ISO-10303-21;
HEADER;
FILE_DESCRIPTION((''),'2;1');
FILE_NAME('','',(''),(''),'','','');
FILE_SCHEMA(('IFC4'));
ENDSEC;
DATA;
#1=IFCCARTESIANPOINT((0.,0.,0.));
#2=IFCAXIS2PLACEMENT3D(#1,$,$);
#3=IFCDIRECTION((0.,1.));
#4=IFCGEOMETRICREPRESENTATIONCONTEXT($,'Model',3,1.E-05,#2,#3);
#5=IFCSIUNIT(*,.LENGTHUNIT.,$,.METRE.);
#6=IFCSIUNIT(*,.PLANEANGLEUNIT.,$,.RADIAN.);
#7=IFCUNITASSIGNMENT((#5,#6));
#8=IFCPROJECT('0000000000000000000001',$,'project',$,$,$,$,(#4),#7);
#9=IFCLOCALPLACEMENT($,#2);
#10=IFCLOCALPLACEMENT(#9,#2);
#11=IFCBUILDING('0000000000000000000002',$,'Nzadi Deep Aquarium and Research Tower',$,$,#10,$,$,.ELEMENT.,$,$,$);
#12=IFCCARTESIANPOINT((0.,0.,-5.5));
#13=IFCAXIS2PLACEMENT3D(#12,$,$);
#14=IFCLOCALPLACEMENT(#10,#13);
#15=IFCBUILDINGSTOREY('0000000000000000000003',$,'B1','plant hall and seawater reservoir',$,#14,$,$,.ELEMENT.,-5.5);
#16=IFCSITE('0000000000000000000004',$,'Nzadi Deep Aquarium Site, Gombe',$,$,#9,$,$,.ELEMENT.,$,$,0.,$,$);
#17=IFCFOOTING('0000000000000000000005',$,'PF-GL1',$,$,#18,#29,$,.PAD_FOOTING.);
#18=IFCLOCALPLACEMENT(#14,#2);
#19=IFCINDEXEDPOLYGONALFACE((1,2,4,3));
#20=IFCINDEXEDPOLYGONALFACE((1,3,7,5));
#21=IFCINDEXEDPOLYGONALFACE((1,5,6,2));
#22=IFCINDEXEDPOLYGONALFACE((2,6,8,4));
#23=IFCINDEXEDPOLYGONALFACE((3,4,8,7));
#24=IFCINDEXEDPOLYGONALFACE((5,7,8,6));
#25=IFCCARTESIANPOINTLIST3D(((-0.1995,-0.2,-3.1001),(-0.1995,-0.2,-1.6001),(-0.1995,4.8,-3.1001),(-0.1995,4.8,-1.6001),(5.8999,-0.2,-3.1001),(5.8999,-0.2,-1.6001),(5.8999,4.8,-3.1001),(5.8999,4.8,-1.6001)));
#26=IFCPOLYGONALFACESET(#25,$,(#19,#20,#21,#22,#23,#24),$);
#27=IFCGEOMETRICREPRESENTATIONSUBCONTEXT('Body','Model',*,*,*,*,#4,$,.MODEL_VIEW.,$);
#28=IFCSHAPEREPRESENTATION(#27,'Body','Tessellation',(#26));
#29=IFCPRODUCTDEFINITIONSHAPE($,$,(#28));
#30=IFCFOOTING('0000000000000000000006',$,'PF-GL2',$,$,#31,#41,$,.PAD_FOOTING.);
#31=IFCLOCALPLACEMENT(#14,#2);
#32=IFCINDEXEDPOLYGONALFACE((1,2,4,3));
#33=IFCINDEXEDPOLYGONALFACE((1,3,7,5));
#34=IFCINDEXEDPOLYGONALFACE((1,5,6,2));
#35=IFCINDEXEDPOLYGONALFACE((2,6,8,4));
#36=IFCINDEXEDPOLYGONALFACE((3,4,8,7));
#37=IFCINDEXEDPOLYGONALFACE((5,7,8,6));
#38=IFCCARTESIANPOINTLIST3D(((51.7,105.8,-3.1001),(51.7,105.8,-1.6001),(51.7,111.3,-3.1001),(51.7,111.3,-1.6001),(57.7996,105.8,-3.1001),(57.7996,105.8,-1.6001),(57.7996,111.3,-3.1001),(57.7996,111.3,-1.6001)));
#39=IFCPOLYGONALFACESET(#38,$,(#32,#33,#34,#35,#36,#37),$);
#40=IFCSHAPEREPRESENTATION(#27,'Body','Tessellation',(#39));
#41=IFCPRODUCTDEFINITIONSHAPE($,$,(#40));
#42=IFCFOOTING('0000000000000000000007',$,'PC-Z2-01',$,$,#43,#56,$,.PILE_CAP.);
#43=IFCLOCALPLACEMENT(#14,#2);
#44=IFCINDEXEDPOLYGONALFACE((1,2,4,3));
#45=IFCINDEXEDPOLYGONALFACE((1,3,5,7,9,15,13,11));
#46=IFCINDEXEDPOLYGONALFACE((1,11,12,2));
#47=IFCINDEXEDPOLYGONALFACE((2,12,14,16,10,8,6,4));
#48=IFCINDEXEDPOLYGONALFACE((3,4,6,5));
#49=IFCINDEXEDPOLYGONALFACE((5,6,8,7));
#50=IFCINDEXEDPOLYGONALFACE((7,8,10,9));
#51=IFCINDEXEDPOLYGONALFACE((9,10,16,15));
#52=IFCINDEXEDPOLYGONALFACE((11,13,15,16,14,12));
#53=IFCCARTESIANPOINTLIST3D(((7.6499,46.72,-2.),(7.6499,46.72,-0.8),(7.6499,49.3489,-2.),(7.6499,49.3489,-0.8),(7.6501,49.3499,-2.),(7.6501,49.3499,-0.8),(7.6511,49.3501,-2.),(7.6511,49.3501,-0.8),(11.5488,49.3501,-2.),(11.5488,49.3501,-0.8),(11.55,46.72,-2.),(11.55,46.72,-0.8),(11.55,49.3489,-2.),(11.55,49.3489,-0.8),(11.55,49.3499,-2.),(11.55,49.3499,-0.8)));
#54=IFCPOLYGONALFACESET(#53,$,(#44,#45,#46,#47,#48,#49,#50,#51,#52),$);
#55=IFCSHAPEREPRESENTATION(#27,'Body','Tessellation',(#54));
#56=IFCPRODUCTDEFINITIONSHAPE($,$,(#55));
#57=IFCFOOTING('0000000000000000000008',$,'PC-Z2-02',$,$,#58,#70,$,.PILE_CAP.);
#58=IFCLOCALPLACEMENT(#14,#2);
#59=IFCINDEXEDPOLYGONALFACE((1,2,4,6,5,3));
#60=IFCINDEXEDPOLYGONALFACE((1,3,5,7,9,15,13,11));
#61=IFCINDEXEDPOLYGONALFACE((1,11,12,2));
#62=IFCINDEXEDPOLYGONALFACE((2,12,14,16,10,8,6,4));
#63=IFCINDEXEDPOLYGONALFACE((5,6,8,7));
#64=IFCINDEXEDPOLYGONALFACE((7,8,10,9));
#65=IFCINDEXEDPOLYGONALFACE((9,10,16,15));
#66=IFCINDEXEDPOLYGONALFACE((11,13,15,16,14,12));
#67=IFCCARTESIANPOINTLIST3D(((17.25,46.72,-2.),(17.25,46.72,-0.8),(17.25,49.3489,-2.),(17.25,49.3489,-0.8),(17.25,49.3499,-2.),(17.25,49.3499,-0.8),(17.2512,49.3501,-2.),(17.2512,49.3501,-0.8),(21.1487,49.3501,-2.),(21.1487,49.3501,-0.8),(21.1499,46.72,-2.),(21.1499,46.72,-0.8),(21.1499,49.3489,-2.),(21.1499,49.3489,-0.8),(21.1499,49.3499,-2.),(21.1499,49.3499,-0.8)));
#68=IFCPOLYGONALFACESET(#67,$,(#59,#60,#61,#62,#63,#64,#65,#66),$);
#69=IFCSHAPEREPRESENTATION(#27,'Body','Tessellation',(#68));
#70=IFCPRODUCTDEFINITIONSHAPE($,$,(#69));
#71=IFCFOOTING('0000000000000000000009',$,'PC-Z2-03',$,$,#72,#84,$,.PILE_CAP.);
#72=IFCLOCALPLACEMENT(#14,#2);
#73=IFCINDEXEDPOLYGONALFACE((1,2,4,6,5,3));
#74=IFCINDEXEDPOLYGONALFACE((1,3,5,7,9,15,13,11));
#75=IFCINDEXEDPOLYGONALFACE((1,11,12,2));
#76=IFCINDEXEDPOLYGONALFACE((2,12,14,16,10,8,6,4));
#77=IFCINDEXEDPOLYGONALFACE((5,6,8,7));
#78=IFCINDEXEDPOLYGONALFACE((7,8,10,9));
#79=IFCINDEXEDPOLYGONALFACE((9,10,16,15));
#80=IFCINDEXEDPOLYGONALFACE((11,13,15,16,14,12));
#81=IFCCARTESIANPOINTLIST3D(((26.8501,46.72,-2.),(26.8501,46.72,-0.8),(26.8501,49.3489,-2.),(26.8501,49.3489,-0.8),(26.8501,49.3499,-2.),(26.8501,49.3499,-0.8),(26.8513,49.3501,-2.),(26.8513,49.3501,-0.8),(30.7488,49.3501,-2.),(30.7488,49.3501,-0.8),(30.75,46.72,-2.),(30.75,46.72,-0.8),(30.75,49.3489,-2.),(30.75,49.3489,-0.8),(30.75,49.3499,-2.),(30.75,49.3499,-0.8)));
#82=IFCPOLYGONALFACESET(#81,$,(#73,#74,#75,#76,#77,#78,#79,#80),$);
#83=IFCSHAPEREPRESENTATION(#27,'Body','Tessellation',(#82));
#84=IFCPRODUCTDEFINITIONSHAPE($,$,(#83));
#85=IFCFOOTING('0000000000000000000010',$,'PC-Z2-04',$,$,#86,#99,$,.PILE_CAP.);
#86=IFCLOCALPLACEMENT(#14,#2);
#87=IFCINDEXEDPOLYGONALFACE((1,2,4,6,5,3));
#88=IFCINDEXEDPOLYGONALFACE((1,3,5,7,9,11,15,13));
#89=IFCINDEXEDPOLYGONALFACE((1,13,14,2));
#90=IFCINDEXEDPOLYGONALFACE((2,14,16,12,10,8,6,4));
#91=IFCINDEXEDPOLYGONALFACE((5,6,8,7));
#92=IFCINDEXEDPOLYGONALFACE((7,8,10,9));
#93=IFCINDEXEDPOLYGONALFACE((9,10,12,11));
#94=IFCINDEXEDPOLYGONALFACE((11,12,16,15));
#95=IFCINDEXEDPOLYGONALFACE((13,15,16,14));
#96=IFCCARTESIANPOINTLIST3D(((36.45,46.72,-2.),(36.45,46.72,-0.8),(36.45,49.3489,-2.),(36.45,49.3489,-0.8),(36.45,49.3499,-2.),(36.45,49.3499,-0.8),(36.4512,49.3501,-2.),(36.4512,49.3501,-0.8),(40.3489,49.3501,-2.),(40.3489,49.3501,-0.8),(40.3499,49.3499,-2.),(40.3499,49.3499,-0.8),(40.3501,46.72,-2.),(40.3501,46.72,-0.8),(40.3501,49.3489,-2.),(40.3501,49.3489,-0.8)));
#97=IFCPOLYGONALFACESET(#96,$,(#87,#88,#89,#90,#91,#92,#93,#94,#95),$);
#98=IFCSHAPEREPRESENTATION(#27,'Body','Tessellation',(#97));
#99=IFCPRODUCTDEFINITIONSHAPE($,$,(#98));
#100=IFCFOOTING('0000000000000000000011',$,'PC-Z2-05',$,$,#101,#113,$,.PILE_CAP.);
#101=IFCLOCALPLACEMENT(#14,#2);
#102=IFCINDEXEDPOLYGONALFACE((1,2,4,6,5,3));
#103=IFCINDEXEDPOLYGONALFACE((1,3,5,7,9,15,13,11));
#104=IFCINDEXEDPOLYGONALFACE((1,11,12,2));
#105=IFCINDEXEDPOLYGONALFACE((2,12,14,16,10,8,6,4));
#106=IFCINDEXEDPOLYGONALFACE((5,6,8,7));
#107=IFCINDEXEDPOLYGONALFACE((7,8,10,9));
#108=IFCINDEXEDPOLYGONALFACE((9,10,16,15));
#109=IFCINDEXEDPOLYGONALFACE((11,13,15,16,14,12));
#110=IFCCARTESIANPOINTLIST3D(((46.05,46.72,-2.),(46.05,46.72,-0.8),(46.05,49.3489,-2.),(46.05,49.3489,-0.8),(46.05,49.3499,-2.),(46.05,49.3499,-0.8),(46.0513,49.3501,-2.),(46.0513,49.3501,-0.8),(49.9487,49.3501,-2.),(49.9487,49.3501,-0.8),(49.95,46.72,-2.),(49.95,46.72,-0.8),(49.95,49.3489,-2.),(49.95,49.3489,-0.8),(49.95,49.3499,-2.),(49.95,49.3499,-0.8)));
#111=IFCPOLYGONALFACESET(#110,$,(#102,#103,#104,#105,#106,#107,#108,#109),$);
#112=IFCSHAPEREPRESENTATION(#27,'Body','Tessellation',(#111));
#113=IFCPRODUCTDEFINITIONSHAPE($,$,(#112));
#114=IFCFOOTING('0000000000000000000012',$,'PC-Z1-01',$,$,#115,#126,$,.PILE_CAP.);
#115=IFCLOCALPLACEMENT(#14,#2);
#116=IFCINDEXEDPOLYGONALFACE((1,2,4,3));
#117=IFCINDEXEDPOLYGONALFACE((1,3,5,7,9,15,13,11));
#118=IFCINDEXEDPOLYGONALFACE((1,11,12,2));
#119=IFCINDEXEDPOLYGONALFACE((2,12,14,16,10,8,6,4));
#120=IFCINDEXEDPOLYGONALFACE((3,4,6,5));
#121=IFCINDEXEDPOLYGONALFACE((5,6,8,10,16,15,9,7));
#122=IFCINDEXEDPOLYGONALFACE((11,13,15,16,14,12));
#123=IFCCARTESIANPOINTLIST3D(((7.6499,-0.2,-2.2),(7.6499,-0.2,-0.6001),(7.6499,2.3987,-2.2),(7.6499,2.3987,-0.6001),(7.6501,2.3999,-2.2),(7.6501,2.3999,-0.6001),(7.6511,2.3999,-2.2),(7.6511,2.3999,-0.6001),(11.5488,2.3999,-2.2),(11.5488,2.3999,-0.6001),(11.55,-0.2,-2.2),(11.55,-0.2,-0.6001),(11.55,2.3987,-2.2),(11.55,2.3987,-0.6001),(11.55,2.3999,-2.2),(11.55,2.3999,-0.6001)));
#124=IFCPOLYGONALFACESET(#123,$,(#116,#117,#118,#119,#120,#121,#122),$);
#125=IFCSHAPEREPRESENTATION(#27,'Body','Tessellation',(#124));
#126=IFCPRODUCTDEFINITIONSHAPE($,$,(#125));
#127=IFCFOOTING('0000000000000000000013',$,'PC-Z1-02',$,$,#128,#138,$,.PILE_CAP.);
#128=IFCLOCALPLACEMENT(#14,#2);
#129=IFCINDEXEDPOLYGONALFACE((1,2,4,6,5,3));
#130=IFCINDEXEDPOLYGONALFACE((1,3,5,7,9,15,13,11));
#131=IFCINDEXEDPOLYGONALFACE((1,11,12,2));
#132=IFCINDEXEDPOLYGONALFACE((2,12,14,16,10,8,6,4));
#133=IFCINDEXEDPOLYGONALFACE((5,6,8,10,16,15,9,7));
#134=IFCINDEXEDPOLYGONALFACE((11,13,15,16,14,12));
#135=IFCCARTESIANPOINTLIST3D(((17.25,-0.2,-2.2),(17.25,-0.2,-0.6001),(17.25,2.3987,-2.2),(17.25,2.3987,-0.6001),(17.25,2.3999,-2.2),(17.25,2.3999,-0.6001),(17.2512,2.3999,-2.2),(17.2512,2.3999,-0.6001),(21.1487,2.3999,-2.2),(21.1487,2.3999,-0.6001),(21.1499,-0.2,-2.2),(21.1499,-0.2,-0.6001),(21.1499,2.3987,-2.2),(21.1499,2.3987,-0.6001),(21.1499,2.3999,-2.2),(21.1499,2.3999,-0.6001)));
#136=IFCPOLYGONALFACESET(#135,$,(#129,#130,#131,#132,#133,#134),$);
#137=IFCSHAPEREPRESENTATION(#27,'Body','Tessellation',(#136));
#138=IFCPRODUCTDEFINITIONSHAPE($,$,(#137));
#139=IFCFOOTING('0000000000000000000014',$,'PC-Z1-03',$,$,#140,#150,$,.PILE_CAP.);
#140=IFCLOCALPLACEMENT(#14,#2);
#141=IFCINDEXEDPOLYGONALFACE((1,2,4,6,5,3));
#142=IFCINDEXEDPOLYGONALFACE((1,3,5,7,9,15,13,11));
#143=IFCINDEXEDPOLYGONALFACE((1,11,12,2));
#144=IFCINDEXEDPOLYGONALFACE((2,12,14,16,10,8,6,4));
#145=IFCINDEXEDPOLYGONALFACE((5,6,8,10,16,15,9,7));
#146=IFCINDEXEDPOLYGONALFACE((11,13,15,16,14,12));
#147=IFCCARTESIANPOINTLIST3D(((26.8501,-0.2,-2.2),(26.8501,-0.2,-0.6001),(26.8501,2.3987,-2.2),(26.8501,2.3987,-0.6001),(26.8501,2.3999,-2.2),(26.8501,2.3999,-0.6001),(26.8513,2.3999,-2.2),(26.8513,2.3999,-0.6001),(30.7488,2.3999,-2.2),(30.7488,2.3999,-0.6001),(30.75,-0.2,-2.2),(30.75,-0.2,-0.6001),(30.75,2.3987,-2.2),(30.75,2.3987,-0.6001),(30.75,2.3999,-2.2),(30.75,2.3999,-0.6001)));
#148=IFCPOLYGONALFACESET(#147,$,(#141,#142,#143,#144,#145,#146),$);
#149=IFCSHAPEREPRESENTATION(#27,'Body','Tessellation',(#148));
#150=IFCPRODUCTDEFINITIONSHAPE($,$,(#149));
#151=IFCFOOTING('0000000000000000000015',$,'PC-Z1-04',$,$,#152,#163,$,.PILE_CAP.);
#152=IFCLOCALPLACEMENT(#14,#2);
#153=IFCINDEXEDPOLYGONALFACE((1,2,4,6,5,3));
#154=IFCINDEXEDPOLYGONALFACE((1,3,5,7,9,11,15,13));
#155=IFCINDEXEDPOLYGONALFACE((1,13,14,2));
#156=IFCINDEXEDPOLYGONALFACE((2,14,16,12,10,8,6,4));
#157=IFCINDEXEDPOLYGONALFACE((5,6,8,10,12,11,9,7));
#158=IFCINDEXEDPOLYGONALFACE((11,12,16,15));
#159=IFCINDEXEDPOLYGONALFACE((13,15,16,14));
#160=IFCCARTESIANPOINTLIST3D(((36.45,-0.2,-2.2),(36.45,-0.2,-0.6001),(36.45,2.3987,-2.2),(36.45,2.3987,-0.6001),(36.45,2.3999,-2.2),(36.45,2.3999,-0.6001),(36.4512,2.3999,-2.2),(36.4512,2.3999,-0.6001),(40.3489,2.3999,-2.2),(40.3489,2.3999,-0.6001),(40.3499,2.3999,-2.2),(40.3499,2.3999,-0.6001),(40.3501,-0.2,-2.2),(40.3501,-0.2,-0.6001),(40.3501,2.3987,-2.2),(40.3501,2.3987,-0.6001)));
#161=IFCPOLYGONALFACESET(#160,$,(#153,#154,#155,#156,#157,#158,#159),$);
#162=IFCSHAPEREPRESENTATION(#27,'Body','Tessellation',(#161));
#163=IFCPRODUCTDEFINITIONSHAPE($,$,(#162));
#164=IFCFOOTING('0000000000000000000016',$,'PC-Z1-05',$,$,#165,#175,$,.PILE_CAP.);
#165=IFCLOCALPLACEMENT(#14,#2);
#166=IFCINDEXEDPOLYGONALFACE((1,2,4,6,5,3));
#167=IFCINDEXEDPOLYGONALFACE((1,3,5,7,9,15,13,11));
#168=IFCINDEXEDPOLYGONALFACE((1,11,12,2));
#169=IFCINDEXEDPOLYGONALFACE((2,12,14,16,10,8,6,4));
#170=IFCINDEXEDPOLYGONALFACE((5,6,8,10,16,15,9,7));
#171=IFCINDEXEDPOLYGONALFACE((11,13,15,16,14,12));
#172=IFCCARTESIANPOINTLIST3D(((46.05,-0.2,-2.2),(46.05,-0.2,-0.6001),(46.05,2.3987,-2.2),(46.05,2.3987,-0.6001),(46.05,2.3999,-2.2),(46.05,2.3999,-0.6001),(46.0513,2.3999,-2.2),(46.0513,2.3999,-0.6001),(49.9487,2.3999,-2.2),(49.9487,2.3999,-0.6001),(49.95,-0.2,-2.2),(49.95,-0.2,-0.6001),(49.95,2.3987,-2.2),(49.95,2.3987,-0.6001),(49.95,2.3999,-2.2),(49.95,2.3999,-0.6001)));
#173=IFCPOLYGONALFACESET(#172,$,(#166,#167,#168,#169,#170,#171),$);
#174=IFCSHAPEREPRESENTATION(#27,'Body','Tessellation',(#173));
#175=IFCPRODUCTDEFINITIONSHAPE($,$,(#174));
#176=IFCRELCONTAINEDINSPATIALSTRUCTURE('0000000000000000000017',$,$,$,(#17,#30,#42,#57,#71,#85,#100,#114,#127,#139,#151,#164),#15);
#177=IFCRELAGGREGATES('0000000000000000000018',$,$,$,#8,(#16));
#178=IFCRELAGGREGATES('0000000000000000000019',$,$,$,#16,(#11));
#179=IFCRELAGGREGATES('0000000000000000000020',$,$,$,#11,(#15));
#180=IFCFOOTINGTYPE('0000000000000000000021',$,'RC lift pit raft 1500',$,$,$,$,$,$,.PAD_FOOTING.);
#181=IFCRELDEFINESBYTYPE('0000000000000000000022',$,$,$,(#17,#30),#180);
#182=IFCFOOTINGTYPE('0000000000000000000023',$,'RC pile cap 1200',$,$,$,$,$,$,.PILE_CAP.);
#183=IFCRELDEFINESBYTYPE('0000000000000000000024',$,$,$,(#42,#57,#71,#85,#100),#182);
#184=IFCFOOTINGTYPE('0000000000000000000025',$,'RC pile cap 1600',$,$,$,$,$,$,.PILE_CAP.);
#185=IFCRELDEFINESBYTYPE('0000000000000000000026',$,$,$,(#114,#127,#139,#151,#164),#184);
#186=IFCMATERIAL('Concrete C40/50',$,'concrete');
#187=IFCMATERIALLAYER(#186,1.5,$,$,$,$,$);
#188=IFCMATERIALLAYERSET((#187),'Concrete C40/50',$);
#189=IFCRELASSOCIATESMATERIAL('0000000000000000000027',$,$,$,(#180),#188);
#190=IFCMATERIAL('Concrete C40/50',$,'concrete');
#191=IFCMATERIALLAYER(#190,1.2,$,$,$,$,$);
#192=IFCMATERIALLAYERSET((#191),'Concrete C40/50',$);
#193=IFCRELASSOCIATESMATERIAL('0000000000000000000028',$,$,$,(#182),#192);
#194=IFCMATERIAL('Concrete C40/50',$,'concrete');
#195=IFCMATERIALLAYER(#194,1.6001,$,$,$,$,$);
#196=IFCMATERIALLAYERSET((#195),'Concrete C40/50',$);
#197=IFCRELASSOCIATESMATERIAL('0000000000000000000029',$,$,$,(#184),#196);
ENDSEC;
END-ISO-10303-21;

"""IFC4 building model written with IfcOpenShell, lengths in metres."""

from ifc_helpers import new_model, si_unit, direction, frame, origin, place, context, subcontext, project, spatial, polyline, outline, extrude, material, layer, layer_set, type_object, element, save


model = new_model("IFC4")

# Units and contexts
model_context = context("Model", 3, precision=1e-05, world=origin(), true_north=direction((0.0, 1.0)))
body_context = subcontext(model_context, "Body", "Model", "MODEL_VIEW")
ifc_project = project(units=[si_unit("LENGTHUNIT", "METRE"), si_unit("PLANEANGLEUNIT", "RADIAN")], contexts=[model_context])

# Site, building, storey
site_placement = place(None, origin())
site = spatial("IfcSite", under=ifc_project, at=site_placement, Name="Nzadi Deep Aquarium Site, Gombe", CompositionType="ELEMENT", RefElevation=0.0)
building_placement = place(site_placement, origin())
building = spatial("IfcBuilding", under=site, at=building_placement, Name="Nzadi Deep Aquarium and Research Tower", CompositionType="ELEMENT")
storey_placement = place(building_placement, frame((0.0, 0.0, -5.5)))
storey = spatial("IfcBuildingStorey", under=building, at=storey_placement, Name="B1", Description="plant hall and seawater reservoir", CompositionType="ELEMENT", Elevation=-5.5)

# Footings
ifc_material_1 = material(Name="Concrete C40/50", Category="concrete")
ifc_layer_1 = layer(ifc_material_1, 1.5)
ifc_layer_set_1 = layer_set([ifc_layer_1], Name="Concrete C40/50")
footing_type_1 = type_object("IfcFootingType", Name="RC lift pit raft 1500", PredefinedType="PAD_FOOTING", material=ifc_layer_set_1)
footing_1_placement = place(storey_placement, frame((0.0, 0.0, -3.1001)))
element("IfcFooting", 1, at=footing_1_placement, inside=storey, type_object=footing_type_1, Name="PF-GL1", PredefinedType="PAD_FOOTING", context=body_context, shape_type="SweptSolid", body=[
    extrude(outline(polyline([(5.8999, 4.8), (-0.1995, 4.8), (-0.1995, -0.2), (5.8999, -0.2), (5.8999, 4.8)])), origin(), (0.0, 0.0, 1.0), 1.5),
])
footing_2_placement = place(storey_placement, frame((0.0, 0.0, -3.1001)))
element("IfcFooting", 2, at=footing_2_placement, inside=storey, type_object=footing_type_1, Name="PF-GL2", PredefinedType="PAD_FOOTING", context=body_context, shape_type="SweptSolid", body=[
    extrude(outline(polyline([(51.7, 105.8), (57.7996, 105.8), (57.7996, 111.3), (51.7, 111.3), (51.7, 105.8)])), origin(), (0.0, 0.0, 1.0), 1.5),
])
ifc_material_2 = material(Name="Concrete C40/50", Category="concrete")
ifc_layer_2 = layer(ifc_material_2, 1.2)
ifc_layer_set_2 = layer_set([ifc_layer_2], Name="Concrete C40/50")
footing_type_2 = type_object("IfcFootingType", Name="RC pile cap 1200", PredefinedType="PILE_CAP", material=ifc_layer_set_2)
footing_3_placement = place(storey_placement, frame((0.0, 0.0, -2.0)))
element("IfcFooting", 3, at=footing_3_placement, inside=storey, type_object=footing_type_2, Name="PC-Z2-01", PredefinedType="PILE_CAP", context=body_context, shape_type="SweptSolid", body=[
    extrude(outline(polyline([(7.6499, 49.3489), (7.6499, 46.72), (11.55, 46.72), (11.55, 49.3489), (11.55, 49.3499), (11.5488, 49.3501), (7.6511, 49.3501), (7.6501, 49.3499), (7.6499, 49.3489)])), origin(), (0.0, 0.0, 1.0), 1.2),
])
footing_4_placement = place(storey_placement, frame((0.0, 0.0, -2.0)))
element("IfcFooting", 4, at=footing_4_placement, inside=storey, type_object=footing_type_2, Name="PC-Z2-02", PredefinedType="PILE_CAP", context=body_context, shape_type="SweptSolid", body=[
    extrude(outline(polyline([(17.25, 49.3489), (17.25, 46.72), (21.1499, 46.72), (21.1499, 49.3489), (21.1499, 49.3499), (21.1487, 49.3501), (17.2512, 49.3501), (17.25, 49.3499), (17.25, 49.3489)])), origin(), (0.0, 0.0, 1.0), 1.2),
])
footing_5_placement = place(storey_placement, frame((0.0, 0.0, -2.0)))
element("IfcFooting", 5, at=footing_5_placement, inside=storey, type_object=footing_type_2, Name="PC-Z2-03", PredefinedType="PILE_CAP", context=body_context, shape_type="SweptSolid", body=[
    extrude(outline(polyline([(26.8501, 49.3489), (26.8501, 46.72), (30.75, 46.72), (30.75, 49.3489), (30.75, 49.3499), (30.7488, 49.3501), (26.8513, 49.3501), (26.8501, 49.3499), (26.8501, 49.3489)])), origin(), (0.0, 0.0, 1.0), 1.2),
])
footing_6_placement = place(storey_placement, frame((0.0, 0.0, -2.0)))
element("IfcFooting", 6, at=footing_6_placement, inside=storey, type_object=footing_type_2, Name="PC-Z2-04", PredefinedType="PILE_CAP", context=body_context, shape_type="SweptSolid", body=[
    extrude(outline(polyline([(36.45, 49.3489), (36.45, 46.72), (40.3501, 46.72), (40.3501, 49.3489), (40.3499, 49.3499), (40.3489, 49.3501), (36.4512, 49.3501), (36.45, 49.3499), (36.45, 49.3489)])), origin(), (0.0, 0.0, 1.0), 1.2),
])
footing_7_placement = place(storey_placement, frame((0.0, 0.0, -2.0)))
element("IfcFooting", 7, at=footing_7_placement, inside=storey, type_object=footing_type_2, Name="PC-Z2-05", PredefinedType="PILE_CAP", context=body_context, shape_type="SweptSolid", body=[
    extrude(outline(polyline([(46.05, 49.3489), (46.05, 46.72), (49.95, 46.72), (49.95, 49.3489), (49.95, 49.3499), (49.9487, 49.3501), (46.0513, 49.3501), (46.05, 49.3499), (46.05, 49.3489)])), origin(), (0.0, 0.0, 1.0), 1.2),
])
ifc_material_3 = material(Name="Concrete C40/50", Category="concrete")
ifc_layer_3 = layer(ifc_material_3, 1.6001)
ifc_layer_set_3 = layer_set([ifc_layer_3], Name="Concrete C40/50")
footing_type_3 = type_object("IfcFootingType", Name="RC pile cap 1600", PredefinedType="PILE_CAP", material=ifc_layer_set_3)
footing_8_placement = place(storey_placement, frame((0.0, 0.0, -2.2)))
element("IfcFooting", 8, at=footing_8_placement, inside=storey, type_object=footing_type_3, Name="PC-Z1-01", PredefinedType="PILE_CAP", context=body_context, shape_type="SweptSolid", body=[
    extrude(outline(polyline([(7.6501, 2.3999), (7.6499, 2.3987), (7.6499, -0.2), (11.55, -0.2), (11.55, 2.3987), (11.55, 2.3999), (11.5488, 2.3999), (7.6511, 2.3999), (7.6501, 2.3999)])), origin(), (0.0, 0.0, 1.0), 1.5999),
])
footing_9_placement = place(storey_placement, frame((0.0, 0.0, -2.2)))
element("IfcFooting", 9, at=footing_9_placement, inside=storey, type_object=footing_type_3, Name="PC-Z1-02", PredefinedType="PILE_CAP", context=body_context, shape_type="SweptSolid", body=[
    extrude(outline(polyline([(17.25, 2.3999), (17.25, 2.3987), (17.25, -0.2), (21.1499, -0.2), (21.1499, 2.3987), (21.1499, 2.3999), (21.1487, 2.3999), (17.2512, 2.3999), (17.25, 2.3999)])), origin(), (0.0, 0.0, 1.0), 1.5999),
])
footing_10_placement = place(storey_placement, frame((0.0, 0.0, -2.2)))
element("IfcFooting", 10, at=footing_10_placement, inside=storey, type_object=footing_type_3, Name="PC-Z1-03", PredefinedType="PILE_CAP", context=body_context, shape_type="SweptSolid", body=[
    extrude(outline(polyline([(26.8501, 2.3999), (26.8501, 2.3987), (26.8501, -0.2), (30.75, -0.2), (30.75, 2.3987), (30.75, 2.3999), (30.7488, 2.3999), (26.8513, 2.3999), (26.8501, 2.3999)])), origin(), (0.0, 0.0, 1.0), 1.5999),
])
footing_11_placement = place(storey_placement, frame((0.0, 0.0, -2.2)))
element("IfcFooting", 11, at=footing_11_placement, inside=storey, type_object=footing_type_3, Name="PC-Z1-04", PredefinedType="PILE_CAP", context=body_context, shape_type="SweptSolid", body=[
    extrude(outline(polyline([(36.45, 2.3999), (36.45, 2.3987), (36.45, -0.2), (40.3501, -0.2), (40.3501, 2.3987), (40.3499, 2.3999), (40.3489, 2.3999), (36.4512, 2.3999), (36.45, 2.3999)])), origin(), (0.0, 0.0, 1.0), 1.5999),
])
footing_12_placement = place(storey_placement, frame((0.0, 0.0, -2.2)))
element("IfcFooting", 12, at=footing_12_placement, inside=storey, type_object=footing_type_3, Name="PC-Z1-05", PredefinedType="PILE_CAP", context=body_context, shape_type="SweptSolid", body=[
    extrude(outline(polyline([(46.05, 2.3999), (46.05, 2.3987), (46.05, -0.2), (49.95, -0.2), (49.95, 2.3987), (49.95, 2.3999), (49.9487, 2.3999), (46.0513, 2.3999), (46.05, 2.3999)])), origin(), (0.0, 0.0, 1.0), 1.5999),
])

save(model, "model.ifc")
